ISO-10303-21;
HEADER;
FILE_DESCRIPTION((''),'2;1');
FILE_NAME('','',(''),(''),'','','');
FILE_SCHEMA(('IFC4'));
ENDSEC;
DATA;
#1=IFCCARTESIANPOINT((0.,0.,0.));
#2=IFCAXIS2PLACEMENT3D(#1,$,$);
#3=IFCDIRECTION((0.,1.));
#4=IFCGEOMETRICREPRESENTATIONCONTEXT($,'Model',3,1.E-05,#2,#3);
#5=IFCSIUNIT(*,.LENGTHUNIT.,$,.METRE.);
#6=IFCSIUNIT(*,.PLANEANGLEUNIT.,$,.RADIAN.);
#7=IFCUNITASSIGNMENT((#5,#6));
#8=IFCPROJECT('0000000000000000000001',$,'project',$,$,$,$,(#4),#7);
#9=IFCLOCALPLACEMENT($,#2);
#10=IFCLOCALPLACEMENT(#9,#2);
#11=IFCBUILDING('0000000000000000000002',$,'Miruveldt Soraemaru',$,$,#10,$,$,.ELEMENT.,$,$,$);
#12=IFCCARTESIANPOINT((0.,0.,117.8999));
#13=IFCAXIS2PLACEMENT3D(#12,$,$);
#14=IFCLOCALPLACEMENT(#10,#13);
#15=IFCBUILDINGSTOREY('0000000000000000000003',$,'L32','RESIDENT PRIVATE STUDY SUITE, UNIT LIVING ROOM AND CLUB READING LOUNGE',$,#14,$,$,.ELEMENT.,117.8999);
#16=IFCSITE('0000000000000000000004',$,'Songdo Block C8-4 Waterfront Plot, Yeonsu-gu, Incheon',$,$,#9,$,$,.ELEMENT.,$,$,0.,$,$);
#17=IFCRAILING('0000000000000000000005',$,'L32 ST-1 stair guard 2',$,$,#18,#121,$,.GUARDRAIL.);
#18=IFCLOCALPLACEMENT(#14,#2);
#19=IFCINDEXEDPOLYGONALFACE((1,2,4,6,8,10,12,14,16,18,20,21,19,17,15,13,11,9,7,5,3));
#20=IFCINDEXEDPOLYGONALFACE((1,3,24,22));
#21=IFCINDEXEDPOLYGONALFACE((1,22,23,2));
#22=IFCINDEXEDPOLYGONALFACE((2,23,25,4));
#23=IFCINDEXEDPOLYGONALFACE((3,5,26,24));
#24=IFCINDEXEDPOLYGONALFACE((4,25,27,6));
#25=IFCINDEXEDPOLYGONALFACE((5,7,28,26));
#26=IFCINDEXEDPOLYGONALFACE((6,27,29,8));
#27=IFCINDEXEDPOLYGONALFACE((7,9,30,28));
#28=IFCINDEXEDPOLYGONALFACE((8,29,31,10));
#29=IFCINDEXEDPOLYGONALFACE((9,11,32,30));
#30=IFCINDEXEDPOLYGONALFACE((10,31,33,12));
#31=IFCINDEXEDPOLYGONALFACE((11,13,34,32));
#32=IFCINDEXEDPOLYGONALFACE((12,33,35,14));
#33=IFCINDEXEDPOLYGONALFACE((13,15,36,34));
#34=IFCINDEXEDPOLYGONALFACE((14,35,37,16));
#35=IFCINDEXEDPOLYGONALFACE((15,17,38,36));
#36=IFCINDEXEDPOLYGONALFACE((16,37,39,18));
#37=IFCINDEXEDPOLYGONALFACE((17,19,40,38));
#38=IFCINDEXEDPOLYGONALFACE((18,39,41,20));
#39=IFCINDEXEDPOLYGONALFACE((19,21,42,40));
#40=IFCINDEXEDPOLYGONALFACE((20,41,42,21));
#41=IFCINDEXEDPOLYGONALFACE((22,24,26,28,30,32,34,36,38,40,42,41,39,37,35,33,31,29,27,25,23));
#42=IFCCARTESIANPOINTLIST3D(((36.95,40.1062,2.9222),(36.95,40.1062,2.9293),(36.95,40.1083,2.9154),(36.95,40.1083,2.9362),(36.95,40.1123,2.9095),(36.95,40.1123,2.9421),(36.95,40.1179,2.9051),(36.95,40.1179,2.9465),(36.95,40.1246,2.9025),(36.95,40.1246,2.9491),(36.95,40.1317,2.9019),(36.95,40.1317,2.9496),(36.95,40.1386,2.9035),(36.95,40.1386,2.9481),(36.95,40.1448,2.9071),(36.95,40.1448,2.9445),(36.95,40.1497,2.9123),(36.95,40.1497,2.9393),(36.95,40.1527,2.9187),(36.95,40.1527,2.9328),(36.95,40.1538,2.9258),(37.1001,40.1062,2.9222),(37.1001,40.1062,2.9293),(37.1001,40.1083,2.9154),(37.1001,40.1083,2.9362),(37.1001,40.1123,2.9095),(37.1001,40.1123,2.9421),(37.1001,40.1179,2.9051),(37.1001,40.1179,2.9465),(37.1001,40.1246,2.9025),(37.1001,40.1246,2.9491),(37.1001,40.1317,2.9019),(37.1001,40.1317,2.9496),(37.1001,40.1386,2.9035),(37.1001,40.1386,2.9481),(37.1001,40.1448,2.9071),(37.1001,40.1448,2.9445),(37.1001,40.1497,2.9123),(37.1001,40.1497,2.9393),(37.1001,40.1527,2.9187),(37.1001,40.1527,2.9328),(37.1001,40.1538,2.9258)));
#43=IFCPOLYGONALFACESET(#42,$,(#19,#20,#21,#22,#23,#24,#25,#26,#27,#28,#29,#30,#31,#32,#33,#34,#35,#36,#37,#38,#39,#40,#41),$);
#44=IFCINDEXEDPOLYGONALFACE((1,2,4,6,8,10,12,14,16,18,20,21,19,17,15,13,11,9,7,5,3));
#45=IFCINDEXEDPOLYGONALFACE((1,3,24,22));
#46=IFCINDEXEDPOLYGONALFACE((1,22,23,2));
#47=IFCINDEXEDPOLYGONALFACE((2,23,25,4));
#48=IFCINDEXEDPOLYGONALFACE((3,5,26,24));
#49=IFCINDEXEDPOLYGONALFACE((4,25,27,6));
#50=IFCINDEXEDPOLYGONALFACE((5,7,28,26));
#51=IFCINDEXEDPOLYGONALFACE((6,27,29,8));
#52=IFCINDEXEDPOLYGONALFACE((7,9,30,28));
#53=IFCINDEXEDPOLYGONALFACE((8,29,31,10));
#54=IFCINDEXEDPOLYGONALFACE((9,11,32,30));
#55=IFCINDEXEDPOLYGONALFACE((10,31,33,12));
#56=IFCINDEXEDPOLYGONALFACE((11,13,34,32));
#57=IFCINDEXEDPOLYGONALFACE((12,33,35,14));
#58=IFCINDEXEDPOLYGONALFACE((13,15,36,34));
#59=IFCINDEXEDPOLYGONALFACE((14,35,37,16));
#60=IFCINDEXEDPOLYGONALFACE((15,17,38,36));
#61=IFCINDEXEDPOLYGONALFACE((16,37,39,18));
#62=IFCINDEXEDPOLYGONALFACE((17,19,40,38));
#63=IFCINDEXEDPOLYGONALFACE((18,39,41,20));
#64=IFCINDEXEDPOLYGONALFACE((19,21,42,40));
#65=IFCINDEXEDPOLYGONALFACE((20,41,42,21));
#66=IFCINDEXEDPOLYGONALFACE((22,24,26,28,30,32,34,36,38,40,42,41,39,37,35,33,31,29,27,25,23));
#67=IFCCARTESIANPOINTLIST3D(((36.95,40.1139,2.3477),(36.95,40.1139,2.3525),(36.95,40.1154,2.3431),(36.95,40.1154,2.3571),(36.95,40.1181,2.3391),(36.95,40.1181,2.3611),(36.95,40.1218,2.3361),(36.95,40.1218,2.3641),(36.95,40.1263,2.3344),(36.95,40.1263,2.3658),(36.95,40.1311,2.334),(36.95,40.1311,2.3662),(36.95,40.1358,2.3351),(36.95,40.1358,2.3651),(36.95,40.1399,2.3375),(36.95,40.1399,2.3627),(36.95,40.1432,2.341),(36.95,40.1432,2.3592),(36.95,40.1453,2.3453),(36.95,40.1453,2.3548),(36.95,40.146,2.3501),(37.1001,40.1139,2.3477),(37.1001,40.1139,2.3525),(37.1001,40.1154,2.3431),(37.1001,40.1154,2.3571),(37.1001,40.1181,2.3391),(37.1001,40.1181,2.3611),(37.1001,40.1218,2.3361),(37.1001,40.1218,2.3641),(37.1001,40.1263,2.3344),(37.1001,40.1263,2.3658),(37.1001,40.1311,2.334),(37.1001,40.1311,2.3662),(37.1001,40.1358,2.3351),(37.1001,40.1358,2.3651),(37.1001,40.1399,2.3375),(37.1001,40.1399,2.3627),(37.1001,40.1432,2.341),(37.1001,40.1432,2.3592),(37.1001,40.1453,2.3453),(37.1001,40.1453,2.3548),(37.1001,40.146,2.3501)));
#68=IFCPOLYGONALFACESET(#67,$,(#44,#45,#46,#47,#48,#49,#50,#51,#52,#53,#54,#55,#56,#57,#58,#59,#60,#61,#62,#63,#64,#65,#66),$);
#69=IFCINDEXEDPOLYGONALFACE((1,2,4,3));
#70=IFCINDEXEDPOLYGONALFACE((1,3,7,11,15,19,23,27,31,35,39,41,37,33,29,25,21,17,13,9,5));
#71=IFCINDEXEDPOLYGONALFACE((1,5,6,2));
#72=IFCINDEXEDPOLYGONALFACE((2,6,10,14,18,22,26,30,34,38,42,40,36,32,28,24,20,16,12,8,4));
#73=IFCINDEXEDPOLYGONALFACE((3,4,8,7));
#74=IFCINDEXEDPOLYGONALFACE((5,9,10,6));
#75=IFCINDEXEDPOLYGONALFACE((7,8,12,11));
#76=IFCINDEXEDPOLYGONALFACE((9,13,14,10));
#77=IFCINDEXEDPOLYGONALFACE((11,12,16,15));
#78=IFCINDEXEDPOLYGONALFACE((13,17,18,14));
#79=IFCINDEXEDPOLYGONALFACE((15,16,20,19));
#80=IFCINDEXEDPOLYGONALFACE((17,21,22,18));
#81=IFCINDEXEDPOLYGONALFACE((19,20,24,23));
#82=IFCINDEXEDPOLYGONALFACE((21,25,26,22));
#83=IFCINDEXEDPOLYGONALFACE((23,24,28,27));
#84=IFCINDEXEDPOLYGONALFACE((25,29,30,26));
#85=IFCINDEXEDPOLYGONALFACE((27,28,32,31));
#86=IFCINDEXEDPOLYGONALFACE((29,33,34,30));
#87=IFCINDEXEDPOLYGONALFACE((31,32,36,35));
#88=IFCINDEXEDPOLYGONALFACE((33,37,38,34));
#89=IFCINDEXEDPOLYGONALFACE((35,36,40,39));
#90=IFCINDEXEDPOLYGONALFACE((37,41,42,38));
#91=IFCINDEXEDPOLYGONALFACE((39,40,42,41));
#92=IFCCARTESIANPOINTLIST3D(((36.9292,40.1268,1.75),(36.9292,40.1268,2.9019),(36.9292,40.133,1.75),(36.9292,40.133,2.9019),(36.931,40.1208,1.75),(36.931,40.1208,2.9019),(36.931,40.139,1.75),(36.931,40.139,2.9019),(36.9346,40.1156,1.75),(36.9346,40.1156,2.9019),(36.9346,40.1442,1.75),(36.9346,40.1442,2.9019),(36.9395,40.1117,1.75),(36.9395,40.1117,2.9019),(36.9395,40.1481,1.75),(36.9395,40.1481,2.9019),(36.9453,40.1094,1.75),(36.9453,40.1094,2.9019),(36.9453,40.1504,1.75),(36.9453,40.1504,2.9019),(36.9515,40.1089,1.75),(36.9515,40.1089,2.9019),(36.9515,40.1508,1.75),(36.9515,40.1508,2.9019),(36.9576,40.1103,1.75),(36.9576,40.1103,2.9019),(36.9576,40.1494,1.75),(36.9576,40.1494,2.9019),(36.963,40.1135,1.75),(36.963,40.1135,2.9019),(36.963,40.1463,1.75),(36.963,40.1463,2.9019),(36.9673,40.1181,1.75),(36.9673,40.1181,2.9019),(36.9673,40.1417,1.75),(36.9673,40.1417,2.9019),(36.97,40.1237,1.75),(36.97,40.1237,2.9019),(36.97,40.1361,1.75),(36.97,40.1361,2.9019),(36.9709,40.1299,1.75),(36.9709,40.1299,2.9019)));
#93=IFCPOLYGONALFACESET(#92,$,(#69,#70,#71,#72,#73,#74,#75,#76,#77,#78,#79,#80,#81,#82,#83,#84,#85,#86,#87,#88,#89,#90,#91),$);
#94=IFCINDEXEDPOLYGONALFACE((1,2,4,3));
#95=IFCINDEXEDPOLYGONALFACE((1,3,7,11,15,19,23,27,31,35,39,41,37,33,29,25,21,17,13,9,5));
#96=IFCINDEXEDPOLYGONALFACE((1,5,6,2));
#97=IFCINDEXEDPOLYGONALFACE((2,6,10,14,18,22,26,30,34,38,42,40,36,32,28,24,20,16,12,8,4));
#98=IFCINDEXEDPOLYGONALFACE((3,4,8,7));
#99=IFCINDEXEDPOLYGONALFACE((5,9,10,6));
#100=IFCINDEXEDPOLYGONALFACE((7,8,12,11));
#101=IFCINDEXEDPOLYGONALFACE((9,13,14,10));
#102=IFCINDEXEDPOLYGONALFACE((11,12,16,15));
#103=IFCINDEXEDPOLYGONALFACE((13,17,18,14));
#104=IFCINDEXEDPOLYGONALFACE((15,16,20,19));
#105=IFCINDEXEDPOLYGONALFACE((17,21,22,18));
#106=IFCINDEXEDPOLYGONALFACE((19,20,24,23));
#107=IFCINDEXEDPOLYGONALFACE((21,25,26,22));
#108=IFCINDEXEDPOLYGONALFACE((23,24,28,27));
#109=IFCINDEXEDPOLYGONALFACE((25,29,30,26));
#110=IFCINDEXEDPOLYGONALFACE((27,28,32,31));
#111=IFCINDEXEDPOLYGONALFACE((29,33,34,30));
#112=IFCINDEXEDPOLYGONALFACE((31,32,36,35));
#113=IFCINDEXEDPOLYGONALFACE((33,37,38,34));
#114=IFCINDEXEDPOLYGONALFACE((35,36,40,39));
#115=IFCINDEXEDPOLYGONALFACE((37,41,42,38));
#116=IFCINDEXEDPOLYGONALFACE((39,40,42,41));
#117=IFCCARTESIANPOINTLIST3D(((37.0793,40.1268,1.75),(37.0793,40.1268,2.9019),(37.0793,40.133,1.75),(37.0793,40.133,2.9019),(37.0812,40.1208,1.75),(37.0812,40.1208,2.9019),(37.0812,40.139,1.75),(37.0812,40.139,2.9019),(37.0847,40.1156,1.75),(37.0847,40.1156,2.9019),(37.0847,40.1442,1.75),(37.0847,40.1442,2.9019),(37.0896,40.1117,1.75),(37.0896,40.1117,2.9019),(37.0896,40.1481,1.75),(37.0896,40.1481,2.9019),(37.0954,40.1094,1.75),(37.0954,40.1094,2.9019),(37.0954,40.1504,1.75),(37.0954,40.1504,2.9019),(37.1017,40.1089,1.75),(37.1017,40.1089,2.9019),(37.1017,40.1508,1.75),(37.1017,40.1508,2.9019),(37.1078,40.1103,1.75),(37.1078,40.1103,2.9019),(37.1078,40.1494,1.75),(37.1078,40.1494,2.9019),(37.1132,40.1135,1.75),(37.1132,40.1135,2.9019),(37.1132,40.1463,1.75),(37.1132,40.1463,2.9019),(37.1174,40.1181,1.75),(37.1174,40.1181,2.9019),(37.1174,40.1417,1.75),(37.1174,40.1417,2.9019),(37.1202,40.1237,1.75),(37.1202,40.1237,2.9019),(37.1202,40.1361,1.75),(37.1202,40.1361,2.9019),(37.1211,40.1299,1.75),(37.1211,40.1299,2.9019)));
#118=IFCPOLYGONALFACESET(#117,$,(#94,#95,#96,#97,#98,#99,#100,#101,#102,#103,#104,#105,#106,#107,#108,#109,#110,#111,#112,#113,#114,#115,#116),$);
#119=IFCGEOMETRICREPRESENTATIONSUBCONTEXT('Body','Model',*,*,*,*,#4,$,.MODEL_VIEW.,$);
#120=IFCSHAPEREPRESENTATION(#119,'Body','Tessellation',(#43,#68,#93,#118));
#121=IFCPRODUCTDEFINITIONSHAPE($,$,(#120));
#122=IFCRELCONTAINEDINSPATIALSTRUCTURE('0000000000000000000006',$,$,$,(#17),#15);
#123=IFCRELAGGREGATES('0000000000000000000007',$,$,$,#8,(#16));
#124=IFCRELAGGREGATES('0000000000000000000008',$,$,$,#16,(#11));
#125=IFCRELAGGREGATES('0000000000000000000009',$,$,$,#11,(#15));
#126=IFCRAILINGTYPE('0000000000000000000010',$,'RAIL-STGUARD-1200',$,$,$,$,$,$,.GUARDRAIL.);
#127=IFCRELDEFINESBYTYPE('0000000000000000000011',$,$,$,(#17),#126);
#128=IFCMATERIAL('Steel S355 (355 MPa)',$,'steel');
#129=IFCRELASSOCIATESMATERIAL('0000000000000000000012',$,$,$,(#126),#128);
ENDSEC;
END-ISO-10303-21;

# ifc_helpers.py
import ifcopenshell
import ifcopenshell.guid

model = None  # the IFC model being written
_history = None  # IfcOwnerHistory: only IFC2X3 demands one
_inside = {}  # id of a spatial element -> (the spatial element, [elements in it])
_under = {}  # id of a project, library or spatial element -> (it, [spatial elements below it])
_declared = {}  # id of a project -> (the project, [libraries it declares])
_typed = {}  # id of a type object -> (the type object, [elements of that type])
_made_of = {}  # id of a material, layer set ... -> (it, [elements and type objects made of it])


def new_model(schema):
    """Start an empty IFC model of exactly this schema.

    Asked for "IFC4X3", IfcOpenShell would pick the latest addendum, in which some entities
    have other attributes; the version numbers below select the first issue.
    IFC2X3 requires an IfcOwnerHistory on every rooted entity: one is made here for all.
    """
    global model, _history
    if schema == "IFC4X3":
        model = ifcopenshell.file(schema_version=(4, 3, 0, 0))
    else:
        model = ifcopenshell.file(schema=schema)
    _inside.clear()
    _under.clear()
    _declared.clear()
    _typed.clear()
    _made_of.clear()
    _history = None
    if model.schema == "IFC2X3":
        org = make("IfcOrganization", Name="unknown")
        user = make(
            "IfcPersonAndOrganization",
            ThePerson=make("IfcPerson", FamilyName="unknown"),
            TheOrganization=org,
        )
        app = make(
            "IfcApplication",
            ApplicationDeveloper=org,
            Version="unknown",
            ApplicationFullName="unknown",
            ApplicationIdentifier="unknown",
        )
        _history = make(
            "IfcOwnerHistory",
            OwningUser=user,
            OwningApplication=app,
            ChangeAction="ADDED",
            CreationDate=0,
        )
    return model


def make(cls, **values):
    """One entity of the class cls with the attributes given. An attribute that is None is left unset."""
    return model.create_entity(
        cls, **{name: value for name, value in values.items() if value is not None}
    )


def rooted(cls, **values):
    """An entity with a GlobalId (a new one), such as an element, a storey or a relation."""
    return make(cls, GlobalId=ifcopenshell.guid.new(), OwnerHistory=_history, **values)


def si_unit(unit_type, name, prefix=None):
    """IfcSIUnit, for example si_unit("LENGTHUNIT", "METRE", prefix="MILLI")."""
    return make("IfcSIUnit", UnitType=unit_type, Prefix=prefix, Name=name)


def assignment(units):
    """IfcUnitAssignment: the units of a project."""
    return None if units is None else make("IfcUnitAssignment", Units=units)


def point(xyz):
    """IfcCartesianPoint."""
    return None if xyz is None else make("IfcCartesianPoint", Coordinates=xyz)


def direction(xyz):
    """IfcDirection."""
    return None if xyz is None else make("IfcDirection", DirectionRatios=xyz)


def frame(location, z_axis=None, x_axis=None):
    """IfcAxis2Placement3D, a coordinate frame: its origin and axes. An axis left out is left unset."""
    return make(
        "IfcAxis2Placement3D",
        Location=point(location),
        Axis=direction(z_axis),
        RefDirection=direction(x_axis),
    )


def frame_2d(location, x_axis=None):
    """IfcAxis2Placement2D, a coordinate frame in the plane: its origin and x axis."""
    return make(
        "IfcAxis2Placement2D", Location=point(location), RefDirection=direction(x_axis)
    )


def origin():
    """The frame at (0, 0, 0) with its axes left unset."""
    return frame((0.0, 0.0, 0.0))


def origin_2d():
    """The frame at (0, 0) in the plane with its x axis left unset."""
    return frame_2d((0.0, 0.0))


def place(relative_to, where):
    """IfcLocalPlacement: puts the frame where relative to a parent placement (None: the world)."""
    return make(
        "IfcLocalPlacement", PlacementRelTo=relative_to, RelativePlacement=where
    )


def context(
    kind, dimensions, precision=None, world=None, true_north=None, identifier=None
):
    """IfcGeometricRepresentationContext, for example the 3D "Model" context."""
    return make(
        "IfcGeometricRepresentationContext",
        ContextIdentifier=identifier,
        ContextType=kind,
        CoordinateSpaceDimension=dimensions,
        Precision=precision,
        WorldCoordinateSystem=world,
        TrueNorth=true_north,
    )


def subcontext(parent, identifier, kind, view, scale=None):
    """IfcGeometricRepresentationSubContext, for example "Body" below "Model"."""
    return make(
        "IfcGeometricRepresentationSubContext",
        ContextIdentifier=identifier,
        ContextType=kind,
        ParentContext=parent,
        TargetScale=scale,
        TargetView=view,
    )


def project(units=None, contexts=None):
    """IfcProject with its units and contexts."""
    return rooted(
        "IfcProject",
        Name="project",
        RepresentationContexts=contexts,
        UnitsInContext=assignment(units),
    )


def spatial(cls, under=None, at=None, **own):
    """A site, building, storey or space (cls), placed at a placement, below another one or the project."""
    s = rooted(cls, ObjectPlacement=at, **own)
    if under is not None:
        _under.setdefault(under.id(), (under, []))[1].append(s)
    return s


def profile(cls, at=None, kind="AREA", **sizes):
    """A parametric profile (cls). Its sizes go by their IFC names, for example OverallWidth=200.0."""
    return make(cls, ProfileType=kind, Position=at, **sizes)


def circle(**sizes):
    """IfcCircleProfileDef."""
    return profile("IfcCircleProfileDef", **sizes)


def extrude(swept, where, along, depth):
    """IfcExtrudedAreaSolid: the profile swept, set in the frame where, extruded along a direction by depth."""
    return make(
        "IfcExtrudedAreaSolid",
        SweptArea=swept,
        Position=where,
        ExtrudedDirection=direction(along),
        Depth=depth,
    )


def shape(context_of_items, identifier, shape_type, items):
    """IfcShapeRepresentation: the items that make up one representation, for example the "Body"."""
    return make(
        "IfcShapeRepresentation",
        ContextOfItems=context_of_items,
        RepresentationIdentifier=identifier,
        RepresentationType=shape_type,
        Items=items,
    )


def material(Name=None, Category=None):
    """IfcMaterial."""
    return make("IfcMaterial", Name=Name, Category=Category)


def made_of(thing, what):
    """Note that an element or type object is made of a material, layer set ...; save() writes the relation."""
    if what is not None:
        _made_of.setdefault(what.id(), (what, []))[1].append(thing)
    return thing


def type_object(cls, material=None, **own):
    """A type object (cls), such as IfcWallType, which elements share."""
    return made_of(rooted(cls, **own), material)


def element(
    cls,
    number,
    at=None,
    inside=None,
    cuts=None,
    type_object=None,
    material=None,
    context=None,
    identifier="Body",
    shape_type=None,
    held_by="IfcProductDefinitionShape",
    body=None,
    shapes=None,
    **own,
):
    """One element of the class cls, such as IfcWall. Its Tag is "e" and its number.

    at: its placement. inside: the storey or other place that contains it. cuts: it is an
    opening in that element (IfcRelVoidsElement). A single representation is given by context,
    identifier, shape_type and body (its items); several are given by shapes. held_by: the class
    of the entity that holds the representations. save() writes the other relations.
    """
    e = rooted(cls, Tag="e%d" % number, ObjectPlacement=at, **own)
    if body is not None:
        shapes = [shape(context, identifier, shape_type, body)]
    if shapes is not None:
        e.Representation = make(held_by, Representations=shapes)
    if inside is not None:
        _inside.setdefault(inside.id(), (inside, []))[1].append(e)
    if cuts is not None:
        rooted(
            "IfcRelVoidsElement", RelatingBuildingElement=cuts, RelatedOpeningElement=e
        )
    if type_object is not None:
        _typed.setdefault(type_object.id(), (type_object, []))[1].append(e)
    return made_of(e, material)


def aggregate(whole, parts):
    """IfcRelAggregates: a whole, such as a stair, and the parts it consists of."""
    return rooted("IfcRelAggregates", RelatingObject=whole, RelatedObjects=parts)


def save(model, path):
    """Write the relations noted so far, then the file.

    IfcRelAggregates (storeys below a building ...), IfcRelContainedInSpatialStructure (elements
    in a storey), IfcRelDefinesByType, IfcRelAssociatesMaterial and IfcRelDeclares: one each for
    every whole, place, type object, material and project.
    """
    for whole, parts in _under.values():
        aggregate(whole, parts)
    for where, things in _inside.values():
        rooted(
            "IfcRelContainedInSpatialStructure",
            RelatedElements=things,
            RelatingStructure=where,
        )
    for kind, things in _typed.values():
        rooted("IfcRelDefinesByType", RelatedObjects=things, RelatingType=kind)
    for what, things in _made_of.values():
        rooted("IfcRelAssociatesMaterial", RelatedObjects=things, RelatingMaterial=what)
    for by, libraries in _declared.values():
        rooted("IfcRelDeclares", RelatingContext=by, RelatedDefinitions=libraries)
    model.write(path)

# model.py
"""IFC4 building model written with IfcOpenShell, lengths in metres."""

from ifc_helpers import new_model, si_unit, direction, frame, origin, origin_2d, place, context, subcontext, project, spatial, circle, extrude, material, type_object, element, save


model = new_model("IFC4")

# Units and contexts
model_context = context("Model", 3, precision=1e-05, world=origin(), true_north=direction((0.0, 1.0)))
body_context = subcontext(model_context, "Body", "Model", "MODEL_VIEW")
ifc_project = project(units=[si_unit("LENGTHUNIT", "METRE"), si_unit("PLANEANGLEUNIT", "RADIAN")], contexts=[model_context])

# Site, building, storey
site_placement = place(None, origin())
site = spatial("IfcSite", under=ifc_project, at=site_placement, Name="Songdo Block C8-4 Waterfront Plot, Yeonsu-gu, Incheon", CompositionType="ELEMENT", RefElevation=0.0)
building_placement = place(site_placement, origin())
building = spatial("IfcBuilding", under=site, at=building_placement, Name="Miruveldt Soraemaru", CompositionType="ELEMENT")
storey_placement = place(building_placement, frame((0.0, 0.0, 117.8999)))
storey = spatial("IfcBuildingStorey", under=building, at=storey_placement, Name="L32", Description="RESIDENT PRIVATE STUDY SUITE, UNIT LIVING ROOM AND CLUB READING LOUNGE", CompositionType="ELEMENT", Elevation=117.8999)

# Railing
ifc_material_1 = material(Name="Steel S355 (355 MPa)", Category="steel")
railing_type_1 = type_object("IfcRailingType", Name="RAIL-STGUARD-1200", PredefinedType="GUARDRAIL", material=ifc_material_1)
railing_1_placement = place(storey_placement, frame((36.95, 40.1299, 1.75)))
element("IfcRailing", 1, at=railing_1_placement, inside=storey, type_object=railing_type_1, Name="L32 ST-1 stair guard 2", PredefinedType="GUARDRAIL", context=body_context, shape_type="SweptSolid", body=[
    extrude(circle(Radius=0.0239, at=origin_2d()), frame((0.0, 0.0, 1.1758), z_axis=(1.0, 0.0, 0.0), x_axis=(0.0, 1.0, 0.0)), (0.0, 0.0, 1.0), 0.1501),
    extrude(circle(Radius=0.0161, at=origin_2d()), frame((0.0, 0.0, 0.6001), z_axis=(1.0, 0.0, 0.0), x_axis=(0.0, 1.0, 0.0)), (0.0, 0.0, 1.0), 0.1501),
    extrude(circle(Radius=0.021, at=origin_2d()), origin(), (0.0, 0.0, 1.0), 1.1519),
    extrude(circle(Radius=0.021, at=origin_2d()), frame((0.1501, 0.0, 0.0)), (0.0, 0.0, 1.0), 1.1519),
])

save(model, "model.ifc")
